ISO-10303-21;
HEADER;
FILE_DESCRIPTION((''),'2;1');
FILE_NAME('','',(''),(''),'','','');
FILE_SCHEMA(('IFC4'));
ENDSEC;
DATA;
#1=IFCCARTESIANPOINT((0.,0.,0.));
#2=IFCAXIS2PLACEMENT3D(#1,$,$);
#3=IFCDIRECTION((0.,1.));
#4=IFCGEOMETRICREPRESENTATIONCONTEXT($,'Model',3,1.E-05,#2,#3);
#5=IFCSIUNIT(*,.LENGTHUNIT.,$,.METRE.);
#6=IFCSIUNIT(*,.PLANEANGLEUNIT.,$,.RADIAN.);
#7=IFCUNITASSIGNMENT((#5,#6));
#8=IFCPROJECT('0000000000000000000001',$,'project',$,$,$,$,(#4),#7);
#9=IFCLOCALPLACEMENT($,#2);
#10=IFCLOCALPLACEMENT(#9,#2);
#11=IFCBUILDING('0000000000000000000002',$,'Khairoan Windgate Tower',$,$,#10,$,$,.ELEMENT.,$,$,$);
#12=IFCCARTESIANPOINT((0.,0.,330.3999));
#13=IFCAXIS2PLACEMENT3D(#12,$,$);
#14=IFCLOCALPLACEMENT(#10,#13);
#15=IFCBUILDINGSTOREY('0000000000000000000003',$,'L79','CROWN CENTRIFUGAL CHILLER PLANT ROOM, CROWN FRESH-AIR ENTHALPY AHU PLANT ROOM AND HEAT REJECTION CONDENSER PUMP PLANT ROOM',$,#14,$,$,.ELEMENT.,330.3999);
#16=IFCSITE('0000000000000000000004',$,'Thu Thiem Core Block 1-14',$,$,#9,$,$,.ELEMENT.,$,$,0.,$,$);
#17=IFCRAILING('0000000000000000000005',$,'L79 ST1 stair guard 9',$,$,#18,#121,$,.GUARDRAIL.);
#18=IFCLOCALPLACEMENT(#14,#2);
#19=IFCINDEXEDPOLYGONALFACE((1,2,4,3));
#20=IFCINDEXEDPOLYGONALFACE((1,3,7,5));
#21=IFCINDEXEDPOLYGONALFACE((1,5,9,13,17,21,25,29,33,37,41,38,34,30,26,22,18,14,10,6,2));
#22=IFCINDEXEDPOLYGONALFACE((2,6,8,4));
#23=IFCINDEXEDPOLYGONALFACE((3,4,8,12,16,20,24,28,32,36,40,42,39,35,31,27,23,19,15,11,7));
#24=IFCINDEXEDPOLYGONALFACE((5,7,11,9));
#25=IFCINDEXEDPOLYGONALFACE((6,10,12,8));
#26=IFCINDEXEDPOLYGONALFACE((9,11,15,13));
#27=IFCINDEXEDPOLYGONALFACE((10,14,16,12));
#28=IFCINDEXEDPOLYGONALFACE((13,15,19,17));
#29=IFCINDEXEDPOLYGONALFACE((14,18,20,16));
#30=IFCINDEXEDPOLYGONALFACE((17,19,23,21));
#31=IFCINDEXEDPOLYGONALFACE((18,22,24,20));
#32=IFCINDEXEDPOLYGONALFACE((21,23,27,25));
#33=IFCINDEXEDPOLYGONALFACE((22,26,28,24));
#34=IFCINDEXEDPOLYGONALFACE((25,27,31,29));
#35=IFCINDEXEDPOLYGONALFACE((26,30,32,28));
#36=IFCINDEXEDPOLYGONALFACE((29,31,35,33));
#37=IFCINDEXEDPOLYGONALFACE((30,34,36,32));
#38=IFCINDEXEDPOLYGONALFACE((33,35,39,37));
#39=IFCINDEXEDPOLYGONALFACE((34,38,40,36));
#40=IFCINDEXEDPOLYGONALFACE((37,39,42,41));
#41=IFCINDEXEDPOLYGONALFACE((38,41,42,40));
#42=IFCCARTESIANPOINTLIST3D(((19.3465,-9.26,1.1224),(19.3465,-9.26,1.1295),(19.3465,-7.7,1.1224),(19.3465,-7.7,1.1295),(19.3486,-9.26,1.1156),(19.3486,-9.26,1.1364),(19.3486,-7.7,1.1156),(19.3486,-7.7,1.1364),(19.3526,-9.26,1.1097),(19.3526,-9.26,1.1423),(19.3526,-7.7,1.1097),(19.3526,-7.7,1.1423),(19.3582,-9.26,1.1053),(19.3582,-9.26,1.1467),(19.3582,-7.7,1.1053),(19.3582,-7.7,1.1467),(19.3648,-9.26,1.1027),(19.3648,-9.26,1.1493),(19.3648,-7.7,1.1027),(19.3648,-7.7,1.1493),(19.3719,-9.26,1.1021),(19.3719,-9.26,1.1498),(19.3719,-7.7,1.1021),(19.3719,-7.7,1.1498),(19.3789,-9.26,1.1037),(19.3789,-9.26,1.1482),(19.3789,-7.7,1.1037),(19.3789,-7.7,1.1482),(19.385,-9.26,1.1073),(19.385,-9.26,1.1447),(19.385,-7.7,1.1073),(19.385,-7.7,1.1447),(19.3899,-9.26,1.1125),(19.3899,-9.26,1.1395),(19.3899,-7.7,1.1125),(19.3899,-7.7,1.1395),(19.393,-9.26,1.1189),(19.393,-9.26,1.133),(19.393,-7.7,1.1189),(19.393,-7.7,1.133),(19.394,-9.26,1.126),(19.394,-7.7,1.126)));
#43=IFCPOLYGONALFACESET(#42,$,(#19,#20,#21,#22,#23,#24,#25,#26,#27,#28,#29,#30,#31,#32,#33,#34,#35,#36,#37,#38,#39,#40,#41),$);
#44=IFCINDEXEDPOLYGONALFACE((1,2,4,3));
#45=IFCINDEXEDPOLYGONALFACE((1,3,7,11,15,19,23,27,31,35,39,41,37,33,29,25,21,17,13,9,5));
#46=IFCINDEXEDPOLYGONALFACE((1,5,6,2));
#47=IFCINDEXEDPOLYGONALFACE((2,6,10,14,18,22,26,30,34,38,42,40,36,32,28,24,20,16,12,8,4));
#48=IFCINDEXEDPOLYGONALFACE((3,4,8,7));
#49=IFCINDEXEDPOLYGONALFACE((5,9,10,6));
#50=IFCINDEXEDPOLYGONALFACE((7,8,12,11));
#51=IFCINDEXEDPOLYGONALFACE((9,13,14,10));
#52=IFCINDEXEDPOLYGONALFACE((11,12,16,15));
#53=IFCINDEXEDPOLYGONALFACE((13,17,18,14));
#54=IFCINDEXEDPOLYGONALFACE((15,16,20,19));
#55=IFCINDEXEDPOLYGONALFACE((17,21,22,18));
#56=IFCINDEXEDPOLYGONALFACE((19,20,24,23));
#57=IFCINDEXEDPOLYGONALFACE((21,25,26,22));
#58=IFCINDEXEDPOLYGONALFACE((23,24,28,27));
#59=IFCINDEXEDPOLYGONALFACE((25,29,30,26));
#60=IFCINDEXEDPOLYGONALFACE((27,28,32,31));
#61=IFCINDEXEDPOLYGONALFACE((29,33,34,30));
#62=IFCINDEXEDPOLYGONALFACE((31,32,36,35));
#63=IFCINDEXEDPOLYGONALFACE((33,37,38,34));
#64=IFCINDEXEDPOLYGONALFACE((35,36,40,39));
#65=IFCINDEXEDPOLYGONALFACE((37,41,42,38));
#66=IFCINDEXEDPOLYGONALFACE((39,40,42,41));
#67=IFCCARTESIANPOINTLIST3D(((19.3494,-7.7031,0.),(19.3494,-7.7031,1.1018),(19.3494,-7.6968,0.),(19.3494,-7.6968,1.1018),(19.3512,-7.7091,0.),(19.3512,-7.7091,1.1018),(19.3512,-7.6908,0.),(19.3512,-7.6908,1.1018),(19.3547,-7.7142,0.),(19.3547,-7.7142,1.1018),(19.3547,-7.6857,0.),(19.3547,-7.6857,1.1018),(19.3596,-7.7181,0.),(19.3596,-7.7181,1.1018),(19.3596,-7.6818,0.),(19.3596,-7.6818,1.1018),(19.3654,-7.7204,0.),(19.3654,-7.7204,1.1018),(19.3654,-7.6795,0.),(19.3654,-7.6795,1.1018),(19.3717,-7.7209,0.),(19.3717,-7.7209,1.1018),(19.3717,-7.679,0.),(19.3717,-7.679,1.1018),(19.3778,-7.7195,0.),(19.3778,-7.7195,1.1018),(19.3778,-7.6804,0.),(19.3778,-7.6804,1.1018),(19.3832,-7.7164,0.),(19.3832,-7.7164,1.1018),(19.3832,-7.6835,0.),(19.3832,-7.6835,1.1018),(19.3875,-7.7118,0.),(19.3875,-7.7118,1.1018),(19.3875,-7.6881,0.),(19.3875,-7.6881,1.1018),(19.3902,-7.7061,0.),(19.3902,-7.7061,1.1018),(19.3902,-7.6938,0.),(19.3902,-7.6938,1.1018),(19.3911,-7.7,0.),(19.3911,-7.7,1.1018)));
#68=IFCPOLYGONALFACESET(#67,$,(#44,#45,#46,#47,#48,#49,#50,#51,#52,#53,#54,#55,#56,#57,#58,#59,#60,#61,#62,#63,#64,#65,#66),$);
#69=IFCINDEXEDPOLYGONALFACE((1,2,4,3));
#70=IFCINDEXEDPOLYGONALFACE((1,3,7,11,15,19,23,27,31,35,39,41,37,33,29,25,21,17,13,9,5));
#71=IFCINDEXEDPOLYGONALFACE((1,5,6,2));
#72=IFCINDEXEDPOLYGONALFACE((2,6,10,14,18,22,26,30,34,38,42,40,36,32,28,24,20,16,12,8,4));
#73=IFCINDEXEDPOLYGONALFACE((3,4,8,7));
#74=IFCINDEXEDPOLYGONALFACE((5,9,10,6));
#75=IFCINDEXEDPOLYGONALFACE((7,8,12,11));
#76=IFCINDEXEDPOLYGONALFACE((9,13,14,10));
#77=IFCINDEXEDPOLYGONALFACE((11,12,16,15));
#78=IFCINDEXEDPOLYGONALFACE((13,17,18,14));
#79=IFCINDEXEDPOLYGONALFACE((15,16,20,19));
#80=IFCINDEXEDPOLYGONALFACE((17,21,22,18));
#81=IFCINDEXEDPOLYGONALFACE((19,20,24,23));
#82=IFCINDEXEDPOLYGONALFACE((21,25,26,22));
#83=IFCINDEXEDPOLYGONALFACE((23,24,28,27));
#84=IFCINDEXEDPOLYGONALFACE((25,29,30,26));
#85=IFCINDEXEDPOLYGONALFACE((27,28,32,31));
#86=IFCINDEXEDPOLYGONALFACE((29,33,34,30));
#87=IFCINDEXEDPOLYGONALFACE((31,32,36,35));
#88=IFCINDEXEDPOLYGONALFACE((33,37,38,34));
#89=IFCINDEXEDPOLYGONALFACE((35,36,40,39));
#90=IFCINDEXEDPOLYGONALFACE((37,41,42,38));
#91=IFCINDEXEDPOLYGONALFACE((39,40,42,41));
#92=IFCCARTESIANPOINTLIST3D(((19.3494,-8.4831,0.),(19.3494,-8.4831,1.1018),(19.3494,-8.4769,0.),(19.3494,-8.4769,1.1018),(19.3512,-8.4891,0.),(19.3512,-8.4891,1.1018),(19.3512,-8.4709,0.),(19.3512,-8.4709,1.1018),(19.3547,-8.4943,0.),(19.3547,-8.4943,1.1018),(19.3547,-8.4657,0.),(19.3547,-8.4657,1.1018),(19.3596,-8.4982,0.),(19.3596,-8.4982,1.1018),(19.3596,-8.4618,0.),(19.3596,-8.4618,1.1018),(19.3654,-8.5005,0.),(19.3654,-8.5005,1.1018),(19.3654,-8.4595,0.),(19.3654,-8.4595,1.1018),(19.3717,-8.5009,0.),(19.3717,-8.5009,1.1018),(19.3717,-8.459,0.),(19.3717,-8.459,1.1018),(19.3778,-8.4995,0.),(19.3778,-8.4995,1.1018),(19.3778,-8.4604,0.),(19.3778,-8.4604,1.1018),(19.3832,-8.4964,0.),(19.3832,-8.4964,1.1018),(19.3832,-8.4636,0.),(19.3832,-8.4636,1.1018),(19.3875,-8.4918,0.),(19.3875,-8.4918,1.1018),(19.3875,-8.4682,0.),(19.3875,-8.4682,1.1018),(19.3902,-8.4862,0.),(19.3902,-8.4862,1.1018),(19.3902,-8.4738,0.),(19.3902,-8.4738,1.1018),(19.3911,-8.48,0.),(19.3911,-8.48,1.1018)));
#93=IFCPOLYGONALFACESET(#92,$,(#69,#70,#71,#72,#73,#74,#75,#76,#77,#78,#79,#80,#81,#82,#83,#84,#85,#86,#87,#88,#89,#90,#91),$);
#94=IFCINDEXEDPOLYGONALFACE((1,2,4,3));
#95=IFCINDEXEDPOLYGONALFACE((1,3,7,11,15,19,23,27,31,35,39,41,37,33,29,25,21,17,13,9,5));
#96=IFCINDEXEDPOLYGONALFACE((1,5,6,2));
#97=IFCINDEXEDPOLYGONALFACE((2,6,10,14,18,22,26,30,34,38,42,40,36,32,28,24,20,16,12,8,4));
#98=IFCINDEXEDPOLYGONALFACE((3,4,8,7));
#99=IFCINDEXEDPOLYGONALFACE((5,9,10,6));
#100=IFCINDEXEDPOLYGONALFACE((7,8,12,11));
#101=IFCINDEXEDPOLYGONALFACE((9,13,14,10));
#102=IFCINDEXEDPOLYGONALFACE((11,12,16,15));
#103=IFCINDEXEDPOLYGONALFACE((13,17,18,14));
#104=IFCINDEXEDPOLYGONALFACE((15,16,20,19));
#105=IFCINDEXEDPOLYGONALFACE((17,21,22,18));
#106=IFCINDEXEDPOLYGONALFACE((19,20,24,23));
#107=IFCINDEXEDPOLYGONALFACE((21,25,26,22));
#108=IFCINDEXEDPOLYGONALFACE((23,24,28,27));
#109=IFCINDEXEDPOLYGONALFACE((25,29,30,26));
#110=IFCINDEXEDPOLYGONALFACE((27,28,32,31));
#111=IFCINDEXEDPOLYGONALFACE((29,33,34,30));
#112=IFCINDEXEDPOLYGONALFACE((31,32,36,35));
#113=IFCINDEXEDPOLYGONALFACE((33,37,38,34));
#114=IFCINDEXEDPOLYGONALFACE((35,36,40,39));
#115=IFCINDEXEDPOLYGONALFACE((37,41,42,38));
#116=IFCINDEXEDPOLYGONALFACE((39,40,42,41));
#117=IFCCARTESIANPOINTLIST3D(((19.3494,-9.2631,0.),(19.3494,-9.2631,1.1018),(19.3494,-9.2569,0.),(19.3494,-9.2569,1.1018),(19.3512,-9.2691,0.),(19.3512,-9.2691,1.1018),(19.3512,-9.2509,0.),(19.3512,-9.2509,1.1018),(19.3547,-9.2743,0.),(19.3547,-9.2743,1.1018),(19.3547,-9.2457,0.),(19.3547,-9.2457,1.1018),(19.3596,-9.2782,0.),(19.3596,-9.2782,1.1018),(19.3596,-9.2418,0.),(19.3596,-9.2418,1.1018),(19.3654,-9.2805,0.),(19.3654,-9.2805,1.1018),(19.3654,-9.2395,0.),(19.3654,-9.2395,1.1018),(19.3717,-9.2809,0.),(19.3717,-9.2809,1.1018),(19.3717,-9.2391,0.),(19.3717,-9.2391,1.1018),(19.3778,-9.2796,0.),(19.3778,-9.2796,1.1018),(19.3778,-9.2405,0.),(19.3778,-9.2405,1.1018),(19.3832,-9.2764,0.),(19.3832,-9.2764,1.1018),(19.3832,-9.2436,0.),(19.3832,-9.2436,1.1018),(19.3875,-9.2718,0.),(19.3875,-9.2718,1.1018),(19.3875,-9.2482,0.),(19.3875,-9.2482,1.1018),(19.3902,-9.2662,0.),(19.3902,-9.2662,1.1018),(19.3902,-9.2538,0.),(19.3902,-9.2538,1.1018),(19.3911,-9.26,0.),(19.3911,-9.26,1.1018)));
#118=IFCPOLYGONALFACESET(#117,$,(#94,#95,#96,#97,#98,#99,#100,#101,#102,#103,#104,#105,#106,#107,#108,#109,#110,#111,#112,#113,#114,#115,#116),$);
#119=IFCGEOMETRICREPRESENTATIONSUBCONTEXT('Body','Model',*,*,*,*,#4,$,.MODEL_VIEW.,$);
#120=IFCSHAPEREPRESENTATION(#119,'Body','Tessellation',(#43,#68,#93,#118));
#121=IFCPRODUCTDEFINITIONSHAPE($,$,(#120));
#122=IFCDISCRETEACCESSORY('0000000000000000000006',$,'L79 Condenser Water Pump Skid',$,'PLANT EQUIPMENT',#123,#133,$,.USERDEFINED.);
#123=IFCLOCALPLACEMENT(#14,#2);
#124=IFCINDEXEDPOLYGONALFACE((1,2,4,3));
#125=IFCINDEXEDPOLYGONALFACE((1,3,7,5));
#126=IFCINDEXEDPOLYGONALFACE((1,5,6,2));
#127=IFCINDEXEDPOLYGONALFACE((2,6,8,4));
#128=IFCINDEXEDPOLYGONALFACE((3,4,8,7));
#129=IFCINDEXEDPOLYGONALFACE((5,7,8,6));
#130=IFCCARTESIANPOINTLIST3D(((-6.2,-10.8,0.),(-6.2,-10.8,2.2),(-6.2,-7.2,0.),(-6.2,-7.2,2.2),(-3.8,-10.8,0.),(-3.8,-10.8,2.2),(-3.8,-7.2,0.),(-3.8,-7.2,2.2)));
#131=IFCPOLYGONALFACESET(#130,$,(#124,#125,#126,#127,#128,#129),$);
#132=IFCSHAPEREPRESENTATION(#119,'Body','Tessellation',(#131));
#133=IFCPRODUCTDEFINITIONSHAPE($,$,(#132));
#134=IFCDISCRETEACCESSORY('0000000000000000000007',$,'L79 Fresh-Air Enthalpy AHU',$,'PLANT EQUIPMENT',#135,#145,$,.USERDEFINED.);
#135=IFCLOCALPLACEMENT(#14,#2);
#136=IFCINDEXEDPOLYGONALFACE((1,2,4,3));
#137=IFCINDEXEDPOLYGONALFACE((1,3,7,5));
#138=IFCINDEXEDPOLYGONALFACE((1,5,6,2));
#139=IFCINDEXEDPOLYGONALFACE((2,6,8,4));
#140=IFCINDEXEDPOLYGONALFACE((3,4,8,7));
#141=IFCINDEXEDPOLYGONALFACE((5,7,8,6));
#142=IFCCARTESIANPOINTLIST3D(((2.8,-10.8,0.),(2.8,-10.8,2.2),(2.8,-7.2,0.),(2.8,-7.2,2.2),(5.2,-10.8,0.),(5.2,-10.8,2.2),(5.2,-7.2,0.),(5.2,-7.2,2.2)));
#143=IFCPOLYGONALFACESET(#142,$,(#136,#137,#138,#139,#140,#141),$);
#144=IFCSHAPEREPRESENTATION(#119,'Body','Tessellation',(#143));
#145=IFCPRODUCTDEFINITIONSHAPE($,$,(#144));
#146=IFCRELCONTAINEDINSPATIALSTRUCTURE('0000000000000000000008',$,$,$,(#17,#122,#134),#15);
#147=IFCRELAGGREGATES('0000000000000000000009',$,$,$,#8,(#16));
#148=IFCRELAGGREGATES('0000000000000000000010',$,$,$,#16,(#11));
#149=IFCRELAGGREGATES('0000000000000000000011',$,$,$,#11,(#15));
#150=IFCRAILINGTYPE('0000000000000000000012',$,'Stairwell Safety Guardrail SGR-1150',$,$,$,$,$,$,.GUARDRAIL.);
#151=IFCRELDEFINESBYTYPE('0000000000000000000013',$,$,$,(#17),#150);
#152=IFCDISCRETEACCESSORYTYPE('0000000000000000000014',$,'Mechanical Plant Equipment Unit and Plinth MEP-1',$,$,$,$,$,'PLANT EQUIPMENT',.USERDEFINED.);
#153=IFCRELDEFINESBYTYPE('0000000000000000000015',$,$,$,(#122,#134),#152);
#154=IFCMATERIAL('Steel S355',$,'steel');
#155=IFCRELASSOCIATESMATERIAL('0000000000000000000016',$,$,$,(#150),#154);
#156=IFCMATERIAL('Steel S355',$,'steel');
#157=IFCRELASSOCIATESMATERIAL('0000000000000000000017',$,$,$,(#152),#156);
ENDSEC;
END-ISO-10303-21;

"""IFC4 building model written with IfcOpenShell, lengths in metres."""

from ifc_helpers import new_model, si_unit, direction, frame, origin, origin_2d, place, context, subcontext, project, spatial, rectangle, circle, extrude, material, type_object, element, save


model = new_model("IFC4")

# Units and contexts
model_context = context("Model", 3, precision=1e-05, world=origin(), true_north=direction((0.0, 1.0)))
body_context = subcontext(model_context, "Body", "Model", "MODEL_VIEW")
ifc_project = project(units=[si_unit("LENGTHUNIT", "METRE"), si_unit("PLANEANGLEUNIT", "RADIAN")], contexts=[model_context])

# Site, building, storey
site_placement = place(None, origin())
site = spatial("IfcSite", under=ifc_project, at=site_placement, Name="Thu Thiem Core Block 1-14", CompositionType="ELEMENT", RefElevation=0.0)
building_placement = place(site_placement, origin())
building = spatial("IfcBuilding", under=site, at=building_placement, Name="Khairoan Windgate Tower", CompositionType="ELEMENT")
storey_placement = place(building_placement, frame((0.0, 0.0, 330.3999)))
storey = spatial("IfcBuildingStorey", under=building, at=storey_placement, Name="L79", Description="CROWN CENTRIFUGAL CHILLER PLANT ROOM, CROWN FRESH-AIR ENTHALPY AHU PLANT ROOM AND HEAT REJECTION CONDENSER PUMP PLANT ROOM", CompositionType="ELEMENT", Elevation=330.3999)

# Railing
ifc_material_1 = material(Name="Steel S355", Category="steel")
railing_type = type_object("IfcRailingType", Name="Stairwell Safety Guardrail SGR-1150", PredefinedType="GUARDRAIL", material=ifc_material_1)
for number, where, name in (
    (1, (19.3701, -7.7, 0.0), "L79 ST1 stair guard 9"),
):
    element("IfcRailing", number, at=place(storey_placement, frame(where)), inside=storey, type_object=railing_type, Name=name, PredefinedType="GUARDRAIL", context=body_context, shape_type="SweptSolid", body=[
        extrude(circle(Radius=0.0239, at=origin_2d()), frame((0.0, 0.0, 1.126), z_axis=(0.0, -1.0, 0.0), x_axis=(1.0, 0.0, 0.0)), (0.0, 0.0, 1.0), 1.5601),
        extrude(circle(Radius=0.021, at=origin_2d()), origin(), (0.0, 0.0, 1.0), 1.1018),
        extrude(circle(Radius=0.021, at=origin_2d()), frame((0.0, -0.78, 0.0)), (0.0, 0.0, 1.0), 1.1018),
        extrude(circle(Radius=0.021, at=origin_2d()), frame((0.0, -1.5601, 0.0)), (0.0, 0.0, 1.0), 1.1018),
    ])

# Discrete accessories
ifc_material_2 = material(Name="Steel S355", Category="steel")
discrete_accessory_type = type_object("IfcDiscreteAccessoryType", Name="Mechanical Plant Equipment Unit and Plinth MEP-1", ElementType="PLANT EQUIPMENT", PredefinedType="USERDEFINED", material=ifc_material_2)
for number, where, z_axis, x_axis, name in (
    (2, (-5.0, -9.0, 0.0), (0.0, 0.0, 1.0), (1.0, 0.0, 0.0), "L79 Condenser Water Pump Skid"),
    (3, (4.0, -9.0, 0.0), (0.0, 0.0, 1.0), (1.0, 0.0, 0.0), "L79 Fresh-Air Enthalpy AHU"),
):
    element("IfcDiscreteAccessory", number, at=place(storey_placement, frame(where, z_axis=z_axis, x_axis=x_axis)), inside=storey, type_object=discrete_accessory_type, Name=name, ObjectType="PLANT EQUIPMENT", PredefinedType="USERDEFINED", context=body_context, shape_type="SweptSolid", body=[
        extrude(rectangle(XDim=2.3999, YDim=3.6001, at=origin_2d()), origin(), (0.0, 0.0, 1.0), 2.2),
    ])

save(model, "model.ifc")
